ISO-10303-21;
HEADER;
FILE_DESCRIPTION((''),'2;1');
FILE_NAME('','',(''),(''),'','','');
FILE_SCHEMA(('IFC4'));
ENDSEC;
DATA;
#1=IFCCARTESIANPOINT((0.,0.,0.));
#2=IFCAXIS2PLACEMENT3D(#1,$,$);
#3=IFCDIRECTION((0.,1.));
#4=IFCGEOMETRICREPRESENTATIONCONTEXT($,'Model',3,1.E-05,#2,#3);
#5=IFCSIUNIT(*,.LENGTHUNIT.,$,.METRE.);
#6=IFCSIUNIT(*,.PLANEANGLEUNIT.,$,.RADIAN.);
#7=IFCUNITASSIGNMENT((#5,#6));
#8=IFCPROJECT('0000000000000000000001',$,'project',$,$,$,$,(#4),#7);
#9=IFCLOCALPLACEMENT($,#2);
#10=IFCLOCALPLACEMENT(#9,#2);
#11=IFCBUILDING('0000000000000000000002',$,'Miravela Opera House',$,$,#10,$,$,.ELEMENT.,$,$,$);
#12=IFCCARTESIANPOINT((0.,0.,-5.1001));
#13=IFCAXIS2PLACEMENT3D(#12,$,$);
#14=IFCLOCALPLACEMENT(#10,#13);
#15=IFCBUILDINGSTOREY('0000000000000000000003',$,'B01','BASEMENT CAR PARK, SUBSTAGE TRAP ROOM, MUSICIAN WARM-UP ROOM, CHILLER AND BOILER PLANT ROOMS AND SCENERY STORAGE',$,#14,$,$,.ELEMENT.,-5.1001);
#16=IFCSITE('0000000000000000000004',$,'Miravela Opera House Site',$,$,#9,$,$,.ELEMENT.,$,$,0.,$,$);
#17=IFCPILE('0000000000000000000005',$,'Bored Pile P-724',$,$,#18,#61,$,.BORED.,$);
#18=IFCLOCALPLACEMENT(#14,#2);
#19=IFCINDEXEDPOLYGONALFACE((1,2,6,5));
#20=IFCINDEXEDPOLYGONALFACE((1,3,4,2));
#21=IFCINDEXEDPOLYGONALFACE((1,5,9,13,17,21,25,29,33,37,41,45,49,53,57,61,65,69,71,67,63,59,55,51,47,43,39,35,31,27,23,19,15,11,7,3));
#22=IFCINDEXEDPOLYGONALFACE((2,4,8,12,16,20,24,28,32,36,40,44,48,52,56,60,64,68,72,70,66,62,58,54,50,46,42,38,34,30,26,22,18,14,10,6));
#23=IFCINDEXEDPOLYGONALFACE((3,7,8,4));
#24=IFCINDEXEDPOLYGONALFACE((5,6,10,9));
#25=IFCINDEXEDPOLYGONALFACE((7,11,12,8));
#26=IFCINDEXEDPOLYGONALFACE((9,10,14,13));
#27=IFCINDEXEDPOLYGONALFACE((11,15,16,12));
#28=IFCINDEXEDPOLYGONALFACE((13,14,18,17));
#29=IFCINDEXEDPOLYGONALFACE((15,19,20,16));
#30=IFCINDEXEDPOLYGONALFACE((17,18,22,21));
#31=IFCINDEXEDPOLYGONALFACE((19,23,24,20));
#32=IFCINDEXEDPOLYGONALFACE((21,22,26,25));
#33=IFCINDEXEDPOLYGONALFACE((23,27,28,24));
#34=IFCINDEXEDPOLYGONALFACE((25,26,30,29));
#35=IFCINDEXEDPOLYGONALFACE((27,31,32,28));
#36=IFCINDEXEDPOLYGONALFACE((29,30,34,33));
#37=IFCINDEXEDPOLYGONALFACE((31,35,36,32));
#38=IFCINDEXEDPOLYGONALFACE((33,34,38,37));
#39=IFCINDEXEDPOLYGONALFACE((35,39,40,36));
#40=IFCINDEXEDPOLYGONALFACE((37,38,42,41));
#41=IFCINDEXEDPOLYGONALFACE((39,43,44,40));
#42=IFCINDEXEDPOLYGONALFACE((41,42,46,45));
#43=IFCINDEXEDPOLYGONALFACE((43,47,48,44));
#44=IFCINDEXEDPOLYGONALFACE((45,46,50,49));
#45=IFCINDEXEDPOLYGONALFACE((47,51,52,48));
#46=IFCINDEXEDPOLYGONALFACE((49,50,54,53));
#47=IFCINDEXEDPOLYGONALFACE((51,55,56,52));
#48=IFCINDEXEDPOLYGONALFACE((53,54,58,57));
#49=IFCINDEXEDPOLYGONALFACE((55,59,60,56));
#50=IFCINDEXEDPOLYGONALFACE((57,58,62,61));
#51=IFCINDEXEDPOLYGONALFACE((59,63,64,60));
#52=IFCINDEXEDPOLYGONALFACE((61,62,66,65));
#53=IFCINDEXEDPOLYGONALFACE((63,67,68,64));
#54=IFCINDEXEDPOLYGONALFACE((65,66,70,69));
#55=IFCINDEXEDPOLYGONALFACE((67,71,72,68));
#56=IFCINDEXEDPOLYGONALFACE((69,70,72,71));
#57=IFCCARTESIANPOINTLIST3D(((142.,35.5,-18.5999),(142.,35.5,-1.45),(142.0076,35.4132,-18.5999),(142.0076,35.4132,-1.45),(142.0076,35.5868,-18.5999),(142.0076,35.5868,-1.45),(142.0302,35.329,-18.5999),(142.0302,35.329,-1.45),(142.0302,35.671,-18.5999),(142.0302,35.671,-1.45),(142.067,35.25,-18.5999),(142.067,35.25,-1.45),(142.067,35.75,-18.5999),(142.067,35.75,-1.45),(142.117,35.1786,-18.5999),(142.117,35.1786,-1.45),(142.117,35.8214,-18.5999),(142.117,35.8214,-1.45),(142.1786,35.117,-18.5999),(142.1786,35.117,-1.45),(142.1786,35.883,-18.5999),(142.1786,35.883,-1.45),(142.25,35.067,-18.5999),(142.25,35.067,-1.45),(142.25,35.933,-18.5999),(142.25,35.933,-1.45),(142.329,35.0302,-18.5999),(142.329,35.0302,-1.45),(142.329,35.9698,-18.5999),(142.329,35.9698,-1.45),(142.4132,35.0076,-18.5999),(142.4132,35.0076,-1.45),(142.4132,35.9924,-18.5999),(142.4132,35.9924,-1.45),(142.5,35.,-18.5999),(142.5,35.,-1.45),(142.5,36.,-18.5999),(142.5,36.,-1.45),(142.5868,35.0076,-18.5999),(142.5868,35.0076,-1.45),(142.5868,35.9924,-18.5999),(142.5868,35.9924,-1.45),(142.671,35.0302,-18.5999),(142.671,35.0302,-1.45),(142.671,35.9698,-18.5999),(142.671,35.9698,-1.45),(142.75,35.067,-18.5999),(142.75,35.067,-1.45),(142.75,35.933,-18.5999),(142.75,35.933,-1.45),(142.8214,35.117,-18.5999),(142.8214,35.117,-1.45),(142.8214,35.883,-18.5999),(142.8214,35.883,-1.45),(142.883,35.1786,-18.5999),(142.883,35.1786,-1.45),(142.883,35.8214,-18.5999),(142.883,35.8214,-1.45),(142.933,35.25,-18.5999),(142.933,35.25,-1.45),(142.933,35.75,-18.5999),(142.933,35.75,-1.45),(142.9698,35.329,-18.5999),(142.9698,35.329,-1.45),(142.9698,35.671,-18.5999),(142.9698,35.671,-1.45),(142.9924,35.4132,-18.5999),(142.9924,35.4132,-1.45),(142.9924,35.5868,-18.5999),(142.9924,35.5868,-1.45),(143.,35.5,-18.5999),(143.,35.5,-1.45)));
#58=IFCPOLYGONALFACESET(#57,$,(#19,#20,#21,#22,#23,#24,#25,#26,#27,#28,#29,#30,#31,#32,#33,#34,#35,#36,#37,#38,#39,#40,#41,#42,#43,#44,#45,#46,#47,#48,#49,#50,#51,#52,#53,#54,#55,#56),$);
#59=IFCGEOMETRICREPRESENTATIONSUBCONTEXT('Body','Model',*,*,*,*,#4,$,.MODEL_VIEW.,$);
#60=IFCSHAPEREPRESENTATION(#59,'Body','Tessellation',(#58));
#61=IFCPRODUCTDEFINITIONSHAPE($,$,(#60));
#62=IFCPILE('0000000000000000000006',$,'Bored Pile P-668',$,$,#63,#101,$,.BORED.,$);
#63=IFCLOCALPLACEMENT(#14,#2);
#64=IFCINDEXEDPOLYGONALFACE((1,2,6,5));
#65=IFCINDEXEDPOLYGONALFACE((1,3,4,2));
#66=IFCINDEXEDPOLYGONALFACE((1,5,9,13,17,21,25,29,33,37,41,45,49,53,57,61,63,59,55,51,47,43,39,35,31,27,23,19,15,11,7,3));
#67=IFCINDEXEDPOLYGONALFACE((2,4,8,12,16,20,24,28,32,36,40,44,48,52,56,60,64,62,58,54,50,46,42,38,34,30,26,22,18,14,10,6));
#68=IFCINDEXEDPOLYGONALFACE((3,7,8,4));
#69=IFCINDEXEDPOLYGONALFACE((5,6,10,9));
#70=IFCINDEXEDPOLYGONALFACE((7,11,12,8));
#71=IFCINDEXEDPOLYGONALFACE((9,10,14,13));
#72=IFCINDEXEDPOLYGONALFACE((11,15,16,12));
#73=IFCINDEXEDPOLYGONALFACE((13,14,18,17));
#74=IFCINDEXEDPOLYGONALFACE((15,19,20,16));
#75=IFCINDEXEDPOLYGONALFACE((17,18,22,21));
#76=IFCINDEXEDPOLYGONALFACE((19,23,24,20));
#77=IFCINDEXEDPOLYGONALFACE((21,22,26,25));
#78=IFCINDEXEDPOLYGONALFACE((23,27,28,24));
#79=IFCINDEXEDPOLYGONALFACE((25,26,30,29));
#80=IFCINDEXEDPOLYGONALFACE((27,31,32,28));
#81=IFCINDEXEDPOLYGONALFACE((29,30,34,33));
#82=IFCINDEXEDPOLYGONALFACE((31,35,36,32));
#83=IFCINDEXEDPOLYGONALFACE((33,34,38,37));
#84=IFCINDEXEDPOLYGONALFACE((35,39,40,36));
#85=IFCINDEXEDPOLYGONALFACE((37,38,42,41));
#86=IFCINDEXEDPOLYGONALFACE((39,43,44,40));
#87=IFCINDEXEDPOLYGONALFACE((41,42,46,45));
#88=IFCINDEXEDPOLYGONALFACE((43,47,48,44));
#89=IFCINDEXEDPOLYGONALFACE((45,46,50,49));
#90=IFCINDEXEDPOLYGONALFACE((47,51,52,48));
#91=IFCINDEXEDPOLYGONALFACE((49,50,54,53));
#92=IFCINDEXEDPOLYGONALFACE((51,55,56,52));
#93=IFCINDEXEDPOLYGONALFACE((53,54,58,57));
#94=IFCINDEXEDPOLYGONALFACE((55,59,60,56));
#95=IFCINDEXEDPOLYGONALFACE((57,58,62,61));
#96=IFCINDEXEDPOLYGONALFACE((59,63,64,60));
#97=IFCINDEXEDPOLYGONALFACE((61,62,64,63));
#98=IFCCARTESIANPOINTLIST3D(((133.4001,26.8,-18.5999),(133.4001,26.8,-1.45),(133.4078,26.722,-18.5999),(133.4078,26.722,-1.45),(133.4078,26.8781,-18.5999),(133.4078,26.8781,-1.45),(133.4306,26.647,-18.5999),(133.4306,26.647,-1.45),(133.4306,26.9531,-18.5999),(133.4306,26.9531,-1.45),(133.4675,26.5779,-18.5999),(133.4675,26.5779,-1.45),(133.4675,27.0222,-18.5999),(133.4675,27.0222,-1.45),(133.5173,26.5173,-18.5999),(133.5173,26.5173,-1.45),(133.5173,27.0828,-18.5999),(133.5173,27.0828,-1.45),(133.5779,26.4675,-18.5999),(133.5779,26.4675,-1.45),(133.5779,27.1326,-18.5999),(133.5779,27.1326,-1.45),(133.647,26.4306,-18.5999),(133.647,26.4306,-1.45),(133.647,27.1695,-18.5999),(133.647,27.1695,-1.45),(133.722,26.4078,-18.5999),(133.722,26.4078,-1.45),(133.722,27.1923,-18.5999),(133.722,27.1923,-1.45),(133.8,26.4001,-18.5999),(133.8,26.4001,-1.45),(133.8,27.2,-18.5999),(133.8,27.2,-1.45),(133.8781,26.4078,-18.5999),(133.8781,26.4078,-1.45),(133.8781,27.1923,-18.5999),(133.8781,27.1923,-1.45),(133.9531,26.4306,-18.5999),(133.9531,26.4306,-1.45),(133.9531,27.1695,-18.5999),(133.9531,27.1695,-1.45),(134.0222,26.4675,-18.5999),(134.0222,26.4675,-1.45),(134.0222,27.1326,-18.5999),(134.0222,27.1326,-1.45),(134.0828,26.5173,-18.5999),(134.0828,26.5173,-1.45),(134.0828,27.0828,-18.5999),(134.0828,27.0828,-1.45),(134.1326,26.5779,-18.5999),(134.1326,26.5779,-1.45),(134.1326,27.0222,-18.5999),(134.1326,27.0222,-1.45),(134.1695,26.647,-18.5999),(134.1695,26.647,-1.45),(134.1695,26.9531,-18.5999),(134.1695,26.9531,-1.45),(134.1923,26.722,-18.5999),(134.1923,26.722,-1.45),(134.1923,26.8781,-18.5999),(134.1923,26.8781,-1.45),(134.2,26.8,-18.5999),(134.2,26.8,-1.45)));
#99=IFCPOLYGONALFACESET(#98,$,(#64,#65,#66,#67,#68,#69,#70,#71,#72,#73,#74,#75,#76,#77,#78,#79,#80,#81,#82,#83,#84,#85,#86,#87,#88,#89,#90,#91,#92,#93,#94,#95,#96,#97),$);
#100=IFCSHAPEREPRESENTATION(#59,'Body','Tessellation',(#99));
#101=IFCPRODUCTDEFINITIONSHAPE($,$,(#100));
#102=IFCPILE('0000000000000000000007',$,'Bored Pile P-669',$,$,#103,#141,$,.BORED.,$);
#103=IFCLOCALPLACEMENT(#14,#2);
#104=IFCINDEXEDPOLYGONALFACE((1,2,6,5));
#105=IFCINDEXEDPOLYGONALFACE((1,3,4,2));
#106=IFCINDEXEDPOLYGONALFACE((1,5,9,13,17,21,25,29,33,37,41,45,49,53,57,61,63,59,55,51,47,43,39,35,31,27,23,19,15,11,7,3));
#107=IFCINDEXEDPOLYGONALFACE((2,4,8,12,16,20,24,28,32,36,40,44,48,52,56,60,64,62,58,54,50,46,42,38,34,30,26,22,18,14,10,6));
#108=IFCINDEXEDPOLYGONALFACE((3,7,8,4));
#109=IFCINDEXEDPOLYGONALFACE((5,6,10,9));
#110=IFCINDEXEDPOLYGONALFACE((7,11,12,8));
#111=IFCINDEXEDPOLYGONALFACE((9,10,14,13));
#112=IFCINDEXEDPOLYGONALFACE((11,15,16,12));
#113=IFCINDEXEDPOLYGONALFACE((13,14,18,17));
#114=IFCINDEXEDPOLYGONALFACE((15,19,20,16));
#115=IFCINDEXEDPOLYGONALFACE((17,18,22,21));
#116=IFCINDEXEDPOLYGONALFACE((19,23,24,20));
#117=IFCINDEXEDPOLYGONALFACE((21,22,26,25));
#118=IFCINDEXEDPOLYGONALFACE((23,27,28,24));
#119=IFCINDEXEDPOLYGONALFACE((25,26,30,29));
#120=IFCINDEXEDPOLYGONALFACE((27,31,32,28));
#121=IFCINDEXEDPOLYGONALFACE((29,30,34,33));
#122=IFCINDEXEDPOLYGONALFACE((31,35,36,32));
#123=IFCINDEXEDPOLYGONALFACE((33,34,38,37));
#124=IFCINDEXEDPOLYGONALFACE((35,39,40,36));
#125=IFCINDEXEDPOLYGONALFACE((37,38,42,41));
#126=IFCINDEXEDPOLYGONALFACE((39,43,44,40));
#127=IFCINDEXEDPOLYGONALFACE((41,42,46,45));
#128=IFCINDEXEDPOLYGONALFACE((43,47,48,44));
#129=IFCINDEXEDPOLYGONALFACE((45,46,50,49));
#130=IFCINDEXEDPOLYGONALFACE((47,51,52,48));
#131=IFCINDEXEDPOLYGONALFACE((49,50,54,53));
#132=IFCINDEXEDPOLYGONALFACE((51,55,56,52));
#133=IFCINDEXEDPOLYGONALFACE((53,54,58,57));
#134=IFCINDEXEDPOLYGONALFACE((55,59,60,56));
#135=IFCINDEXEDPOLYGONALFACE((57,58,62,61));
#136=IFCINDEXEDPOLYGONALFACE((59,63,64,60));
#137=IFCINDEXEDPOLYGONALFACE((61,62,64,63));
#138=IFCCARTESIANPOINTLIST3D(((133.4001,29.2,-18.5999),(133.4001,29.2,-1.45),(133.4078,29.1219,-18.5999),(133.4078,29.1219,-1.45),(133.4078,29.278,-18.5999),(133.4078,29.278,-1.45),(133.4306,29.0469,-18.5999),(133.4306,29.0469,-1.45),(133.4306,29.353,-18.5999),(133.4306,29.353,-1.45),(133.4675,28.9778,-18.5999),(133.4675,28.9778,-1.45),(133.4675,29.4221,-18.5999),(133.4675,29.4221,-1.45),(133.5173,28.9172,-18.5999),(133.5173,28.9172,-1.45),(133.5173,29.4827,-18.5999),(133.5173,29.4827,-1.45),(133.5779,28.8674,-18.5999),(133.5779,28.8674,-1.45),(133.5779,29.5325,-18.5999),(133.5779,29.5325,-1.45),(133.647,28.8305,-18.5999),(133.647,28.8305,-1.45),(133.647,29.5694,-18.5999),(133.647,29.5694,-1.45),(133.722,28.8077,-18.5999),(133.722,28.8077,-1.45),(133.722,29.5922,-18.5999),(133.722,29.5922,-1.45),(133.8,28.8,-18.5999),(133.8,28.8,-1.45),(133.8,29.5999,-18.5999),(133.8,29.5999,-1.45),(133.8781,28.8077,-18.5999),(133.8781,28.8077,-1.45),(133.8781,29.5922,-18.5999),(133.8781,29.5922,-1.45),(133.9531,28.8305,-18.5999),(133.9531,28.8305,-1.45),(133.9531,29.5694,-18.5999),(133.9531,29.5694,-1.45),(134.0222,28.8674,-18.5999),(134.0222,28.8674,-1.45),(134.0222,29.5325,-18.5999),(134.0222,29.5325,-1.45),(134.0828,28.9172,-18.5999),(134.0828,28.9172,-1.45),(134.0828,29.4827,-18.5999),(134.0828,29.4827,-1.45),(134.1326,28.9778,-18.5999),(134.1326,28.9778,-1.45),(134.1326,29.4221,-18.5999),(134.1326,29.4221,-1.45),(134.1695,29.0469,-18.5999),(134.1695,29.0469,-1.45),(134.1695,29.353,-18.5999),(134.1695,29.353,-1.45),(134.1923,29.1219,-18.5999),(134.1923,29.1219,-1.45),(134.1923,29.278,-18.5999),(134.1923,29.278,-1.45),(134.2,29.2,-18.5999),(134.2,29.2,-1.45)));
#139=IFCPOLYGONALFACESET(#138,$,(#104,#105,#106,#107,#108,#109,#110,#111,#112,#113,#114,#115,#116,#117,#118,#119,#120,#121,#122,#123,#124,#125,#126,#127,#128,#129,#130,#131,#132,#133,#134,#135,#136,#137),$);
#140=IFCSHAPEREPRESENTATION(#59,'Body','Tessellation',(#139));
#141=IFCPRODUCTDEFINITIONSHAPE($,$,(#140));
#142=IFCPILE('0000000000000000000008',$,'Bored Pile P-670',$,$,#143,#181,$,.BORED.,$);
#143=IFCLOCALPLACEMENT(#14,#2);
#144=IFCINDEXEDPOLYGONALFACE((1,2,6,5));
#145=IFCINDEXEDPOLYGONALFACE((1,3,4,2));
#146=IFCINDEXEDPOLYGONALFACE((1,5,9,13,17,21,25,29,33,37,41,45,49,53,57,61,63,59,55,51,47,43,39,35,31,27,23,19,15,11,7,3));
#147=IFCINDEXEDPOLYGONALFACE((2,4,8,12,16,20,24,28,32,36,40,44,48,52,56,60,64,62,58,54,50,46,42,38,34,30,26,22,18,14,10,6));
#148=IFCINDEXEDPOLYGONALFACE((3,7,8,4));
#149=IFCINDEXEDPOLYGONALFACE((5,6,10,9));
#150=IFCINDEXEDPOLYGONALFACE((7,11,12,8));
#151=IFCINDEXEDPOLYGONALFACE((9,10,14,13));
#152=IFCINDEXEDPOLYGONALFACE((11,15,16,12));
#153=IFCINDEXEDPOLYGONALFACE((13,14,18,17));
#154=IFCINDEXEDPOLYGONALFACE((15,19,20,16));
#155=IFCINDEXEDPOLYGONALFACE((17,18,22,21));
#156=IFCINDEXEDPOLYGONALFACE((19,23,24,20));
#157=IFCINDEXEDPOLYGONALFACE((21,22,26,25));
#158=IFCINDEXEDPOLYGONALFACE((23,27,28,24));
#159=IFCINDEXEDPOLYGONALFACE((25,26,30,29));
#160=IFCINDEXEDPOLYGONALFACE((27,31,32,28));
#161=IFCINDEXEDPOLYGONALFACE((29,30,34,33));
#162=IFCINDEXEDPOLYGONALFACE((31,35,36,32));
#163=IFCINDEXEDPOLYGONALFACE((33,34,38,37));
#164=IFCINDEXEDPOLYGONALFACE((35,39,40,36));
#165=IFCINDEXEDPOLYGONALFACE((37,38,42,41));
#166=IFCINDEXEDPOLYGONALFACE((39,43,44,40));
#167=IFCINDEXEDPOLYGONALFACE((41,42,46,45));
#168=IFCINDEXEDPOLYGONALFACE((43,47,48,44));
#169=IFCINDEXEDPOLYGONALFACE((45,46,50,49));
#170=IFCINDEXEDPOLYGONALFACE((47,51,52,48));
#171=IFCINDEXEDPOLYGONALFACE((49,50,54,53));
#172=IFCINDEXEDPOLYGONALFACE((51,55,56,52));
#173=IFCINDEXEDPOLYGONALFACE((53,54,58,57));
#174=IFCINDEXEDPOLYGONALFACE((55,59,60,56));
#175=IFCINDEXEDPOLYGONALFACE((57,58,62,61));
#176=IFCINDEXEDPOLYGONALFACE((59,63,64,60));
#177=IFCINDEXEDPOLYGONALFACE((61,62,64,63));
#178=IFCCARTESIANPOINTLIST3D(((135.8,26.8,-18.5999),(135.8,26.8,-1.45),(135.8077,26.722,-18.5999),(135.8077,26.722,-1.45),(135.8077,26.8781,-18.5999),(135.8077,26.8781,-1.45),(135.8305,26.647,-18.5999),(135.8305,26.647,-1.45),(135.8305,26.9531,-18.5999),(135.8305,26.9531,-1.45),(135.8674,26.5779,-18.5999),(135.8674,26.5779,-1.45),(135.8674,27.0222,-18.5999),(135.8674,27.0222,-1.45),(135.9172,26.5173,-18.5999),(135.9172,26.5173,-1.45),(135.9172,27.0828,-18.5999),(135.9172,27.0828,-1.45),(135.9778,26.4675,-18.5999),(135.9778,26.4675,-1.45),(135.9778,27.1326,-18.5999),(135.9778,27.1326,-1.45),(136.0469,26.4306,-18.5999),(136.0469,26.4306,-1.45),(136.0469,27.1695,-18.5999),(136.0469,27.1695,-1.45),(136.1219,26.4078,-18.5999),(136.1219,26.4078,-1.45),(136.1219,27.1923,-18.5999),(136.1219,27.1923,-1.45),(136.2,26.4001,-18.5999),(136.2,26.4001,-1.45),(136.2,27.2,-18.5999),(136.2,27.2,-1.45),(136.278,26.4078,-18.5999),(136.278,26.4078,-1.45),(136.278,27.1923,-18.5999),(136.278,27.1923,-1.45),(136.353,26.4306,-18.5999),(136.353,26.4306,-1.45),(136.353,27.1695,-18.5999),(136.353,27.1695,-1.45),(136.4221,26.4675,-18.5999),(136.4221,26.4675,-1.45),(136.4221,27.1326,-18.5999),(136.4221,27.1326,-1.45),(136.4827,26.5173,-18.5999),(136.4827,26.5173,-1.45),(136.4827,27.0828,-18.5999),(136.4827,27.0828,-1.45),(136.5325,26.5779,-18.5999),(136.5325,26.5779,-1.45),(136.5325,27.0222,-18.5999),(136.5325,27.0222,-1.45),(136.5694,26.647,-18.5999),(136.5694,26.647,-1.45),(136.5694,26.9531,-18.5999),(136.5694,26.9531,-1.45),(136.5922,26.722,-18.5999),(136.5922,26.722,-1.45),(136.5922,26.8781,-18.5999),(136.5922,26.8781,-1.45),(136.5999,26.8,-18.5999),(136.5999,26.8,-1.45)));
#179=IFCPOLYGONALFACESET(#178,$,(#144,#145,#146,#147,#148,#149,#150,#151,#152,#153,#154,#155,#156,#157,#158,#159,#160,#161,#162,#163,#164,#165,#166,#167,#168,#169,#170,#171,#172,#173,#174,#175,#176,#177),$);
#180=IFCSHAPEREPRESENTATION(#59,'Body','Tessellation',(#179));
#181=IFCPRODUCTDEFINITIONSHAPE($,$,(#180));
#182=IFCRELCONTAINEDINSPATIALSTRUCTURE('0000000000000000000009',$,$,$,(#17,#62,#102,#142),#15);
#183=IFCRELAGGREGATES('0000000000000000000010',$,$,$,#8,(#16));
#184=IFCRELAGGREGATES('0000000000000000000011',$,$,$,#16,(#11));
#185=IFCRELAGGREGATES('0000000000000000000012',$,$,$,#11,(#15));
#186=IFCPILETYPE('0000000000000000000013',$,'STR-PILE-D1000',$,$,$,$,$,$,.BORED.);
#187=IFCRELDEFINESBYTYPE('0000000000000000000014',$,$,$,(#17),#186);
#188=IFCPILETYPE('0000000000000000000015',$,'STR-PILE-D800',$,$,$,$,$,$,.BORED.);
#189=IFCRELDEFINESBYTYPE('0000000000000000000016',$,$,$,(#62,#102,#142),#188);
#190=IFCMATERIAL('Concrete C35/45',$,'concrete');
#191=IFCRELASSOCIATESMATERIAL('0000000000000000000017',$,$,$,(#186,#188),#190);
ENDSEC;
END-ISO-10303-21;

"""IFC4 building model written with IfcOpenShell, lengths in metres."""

from ifc_helpers import new_model, si_unit, direction, frame, origin, origin_2d, place, context, subcontext, project, spatial, circle, extrude, material, material_profile, profile_set, type_object, element, save


model = new_model("IFC4")

# Units and contexts
model_context = context("Model", 3, precision=1e-05, world=origin(), true_north=direction((0.0, 1.0)))
body_context = subcontext(model_context, "Body", "Model", "MODEL_VIEW")
ifc_project = project(units=[si_unit("LENGTHUNIT", "METRE"), si_unit("PLANEANGLEUNIT", "RADIAN")], contexts=[model_context])

# Site, building, storey
site_placement = place(None, origin())
site = spatial("IfcSite", under=ifc_project, at=site_placement, Name="Miravela Opera House Site", CompositionType="ELEMENT", RefElevation=0.0)
building_placement = place(site_placement, origin())
building = spatial("IfcBuilding", under=site, at=building_placement, Name="Miravela Opera House", CompositionType="ELEMENT")
storey_placement = place(building_placement, frame((0.0, 0.0, -5.1001)))
storey = spatial("IfcBuildingStorey", under=building, at=storey_placement, Name="B01", Description="BASEMENT CAR PARK, SUBSTAGE TRAP ROOM, MUSICIAN WARM-UP ROOM, CHILLER AND BOILER PLANT ROOMS AND SCENERY STORAGE", CompositionType="ELEMENT", Elevation=-5.1001)

# Shared definitions
ifc_material_1 = material(Name="Concrete C35/45", Category="concrete")

# Piles
ifc_material_profile_1 = material_profile(ifc_material_1, circle(Radius=0.5, at=origin_2d()), Name="PILE-D1000")
ifc_profile_set_1 = profile_set([ifc_material_profile_1])
pile_type_1 = type_object("IfcPileType", Name="STR-PILE-D1000", PredefinedType="BORED", material=ifc_profile_set_1)
for number, where, z_axis, x_axis, name in (
    (1, (142.5, 35.5, -1.45), (0.0, 0.0, -1.0), (1.0, 0.0, 0.0), "Bored Pile P-724"),
):
    element("IfcPile", number, at=place(storey_placement, frame(where, z_axis=z_axis, x_axis=x_axis)), inside=storey, type_object=pile_type_1, Name=name, PredefinedType="BORED", context=body_context, shape_type="SweptSolid", body=[
        extrude(circle(Radius=0.5, at=origin_2d()), origin(), (0.0, 0.0, 1.0), 17.1499),
    ])
ifc_material_profile_2 = material_profile(ifc_material_1, circle(Radius=0.3999, at=origin_2d()), Name="PILE-D800")
ifc_profile_set_2 = profile_set([ifc_material_profile_2])
pile_type_2 = type_object("IfcPileType", Name="STR-PILE-D800", PredefinedType="BORED", material=ifc_profile_set_2)
for number, where, z_axis, x_axis, name in (
    (2, (133.8, 26.8, -1.45), (0.0, 0.0, -1.0), (1.0, 0.0, 0.0), "Bored Pile P-668"),
    (3, (133.8, 29.2, -1.45), (0.0, 0.0, -1.0), (1.0, 0.0, 0.0), "Bored Pile P-669"),
    (4, (136.2, 26.8, -1.45), (0.0, 0.0, -1.0), (1.0, 0.0, 0.0), "Bored Pile P-670"),
):
    element("IfcPile", number, at=place(storey_placement, frame(where, z_axis=z_axis, x_axis=x_axis)), inside=storey, type_object=pile_type_2, Name=name, PredefinedType="BORED", context=body_context, shape_type="SweptSolid", body=[
        extrude(circle(Radius=0.3999, at=origin_2d()), origin(), (0.0, 0.0, 1.0), 17.1499),
    ])

save(model, "model.ifc")
